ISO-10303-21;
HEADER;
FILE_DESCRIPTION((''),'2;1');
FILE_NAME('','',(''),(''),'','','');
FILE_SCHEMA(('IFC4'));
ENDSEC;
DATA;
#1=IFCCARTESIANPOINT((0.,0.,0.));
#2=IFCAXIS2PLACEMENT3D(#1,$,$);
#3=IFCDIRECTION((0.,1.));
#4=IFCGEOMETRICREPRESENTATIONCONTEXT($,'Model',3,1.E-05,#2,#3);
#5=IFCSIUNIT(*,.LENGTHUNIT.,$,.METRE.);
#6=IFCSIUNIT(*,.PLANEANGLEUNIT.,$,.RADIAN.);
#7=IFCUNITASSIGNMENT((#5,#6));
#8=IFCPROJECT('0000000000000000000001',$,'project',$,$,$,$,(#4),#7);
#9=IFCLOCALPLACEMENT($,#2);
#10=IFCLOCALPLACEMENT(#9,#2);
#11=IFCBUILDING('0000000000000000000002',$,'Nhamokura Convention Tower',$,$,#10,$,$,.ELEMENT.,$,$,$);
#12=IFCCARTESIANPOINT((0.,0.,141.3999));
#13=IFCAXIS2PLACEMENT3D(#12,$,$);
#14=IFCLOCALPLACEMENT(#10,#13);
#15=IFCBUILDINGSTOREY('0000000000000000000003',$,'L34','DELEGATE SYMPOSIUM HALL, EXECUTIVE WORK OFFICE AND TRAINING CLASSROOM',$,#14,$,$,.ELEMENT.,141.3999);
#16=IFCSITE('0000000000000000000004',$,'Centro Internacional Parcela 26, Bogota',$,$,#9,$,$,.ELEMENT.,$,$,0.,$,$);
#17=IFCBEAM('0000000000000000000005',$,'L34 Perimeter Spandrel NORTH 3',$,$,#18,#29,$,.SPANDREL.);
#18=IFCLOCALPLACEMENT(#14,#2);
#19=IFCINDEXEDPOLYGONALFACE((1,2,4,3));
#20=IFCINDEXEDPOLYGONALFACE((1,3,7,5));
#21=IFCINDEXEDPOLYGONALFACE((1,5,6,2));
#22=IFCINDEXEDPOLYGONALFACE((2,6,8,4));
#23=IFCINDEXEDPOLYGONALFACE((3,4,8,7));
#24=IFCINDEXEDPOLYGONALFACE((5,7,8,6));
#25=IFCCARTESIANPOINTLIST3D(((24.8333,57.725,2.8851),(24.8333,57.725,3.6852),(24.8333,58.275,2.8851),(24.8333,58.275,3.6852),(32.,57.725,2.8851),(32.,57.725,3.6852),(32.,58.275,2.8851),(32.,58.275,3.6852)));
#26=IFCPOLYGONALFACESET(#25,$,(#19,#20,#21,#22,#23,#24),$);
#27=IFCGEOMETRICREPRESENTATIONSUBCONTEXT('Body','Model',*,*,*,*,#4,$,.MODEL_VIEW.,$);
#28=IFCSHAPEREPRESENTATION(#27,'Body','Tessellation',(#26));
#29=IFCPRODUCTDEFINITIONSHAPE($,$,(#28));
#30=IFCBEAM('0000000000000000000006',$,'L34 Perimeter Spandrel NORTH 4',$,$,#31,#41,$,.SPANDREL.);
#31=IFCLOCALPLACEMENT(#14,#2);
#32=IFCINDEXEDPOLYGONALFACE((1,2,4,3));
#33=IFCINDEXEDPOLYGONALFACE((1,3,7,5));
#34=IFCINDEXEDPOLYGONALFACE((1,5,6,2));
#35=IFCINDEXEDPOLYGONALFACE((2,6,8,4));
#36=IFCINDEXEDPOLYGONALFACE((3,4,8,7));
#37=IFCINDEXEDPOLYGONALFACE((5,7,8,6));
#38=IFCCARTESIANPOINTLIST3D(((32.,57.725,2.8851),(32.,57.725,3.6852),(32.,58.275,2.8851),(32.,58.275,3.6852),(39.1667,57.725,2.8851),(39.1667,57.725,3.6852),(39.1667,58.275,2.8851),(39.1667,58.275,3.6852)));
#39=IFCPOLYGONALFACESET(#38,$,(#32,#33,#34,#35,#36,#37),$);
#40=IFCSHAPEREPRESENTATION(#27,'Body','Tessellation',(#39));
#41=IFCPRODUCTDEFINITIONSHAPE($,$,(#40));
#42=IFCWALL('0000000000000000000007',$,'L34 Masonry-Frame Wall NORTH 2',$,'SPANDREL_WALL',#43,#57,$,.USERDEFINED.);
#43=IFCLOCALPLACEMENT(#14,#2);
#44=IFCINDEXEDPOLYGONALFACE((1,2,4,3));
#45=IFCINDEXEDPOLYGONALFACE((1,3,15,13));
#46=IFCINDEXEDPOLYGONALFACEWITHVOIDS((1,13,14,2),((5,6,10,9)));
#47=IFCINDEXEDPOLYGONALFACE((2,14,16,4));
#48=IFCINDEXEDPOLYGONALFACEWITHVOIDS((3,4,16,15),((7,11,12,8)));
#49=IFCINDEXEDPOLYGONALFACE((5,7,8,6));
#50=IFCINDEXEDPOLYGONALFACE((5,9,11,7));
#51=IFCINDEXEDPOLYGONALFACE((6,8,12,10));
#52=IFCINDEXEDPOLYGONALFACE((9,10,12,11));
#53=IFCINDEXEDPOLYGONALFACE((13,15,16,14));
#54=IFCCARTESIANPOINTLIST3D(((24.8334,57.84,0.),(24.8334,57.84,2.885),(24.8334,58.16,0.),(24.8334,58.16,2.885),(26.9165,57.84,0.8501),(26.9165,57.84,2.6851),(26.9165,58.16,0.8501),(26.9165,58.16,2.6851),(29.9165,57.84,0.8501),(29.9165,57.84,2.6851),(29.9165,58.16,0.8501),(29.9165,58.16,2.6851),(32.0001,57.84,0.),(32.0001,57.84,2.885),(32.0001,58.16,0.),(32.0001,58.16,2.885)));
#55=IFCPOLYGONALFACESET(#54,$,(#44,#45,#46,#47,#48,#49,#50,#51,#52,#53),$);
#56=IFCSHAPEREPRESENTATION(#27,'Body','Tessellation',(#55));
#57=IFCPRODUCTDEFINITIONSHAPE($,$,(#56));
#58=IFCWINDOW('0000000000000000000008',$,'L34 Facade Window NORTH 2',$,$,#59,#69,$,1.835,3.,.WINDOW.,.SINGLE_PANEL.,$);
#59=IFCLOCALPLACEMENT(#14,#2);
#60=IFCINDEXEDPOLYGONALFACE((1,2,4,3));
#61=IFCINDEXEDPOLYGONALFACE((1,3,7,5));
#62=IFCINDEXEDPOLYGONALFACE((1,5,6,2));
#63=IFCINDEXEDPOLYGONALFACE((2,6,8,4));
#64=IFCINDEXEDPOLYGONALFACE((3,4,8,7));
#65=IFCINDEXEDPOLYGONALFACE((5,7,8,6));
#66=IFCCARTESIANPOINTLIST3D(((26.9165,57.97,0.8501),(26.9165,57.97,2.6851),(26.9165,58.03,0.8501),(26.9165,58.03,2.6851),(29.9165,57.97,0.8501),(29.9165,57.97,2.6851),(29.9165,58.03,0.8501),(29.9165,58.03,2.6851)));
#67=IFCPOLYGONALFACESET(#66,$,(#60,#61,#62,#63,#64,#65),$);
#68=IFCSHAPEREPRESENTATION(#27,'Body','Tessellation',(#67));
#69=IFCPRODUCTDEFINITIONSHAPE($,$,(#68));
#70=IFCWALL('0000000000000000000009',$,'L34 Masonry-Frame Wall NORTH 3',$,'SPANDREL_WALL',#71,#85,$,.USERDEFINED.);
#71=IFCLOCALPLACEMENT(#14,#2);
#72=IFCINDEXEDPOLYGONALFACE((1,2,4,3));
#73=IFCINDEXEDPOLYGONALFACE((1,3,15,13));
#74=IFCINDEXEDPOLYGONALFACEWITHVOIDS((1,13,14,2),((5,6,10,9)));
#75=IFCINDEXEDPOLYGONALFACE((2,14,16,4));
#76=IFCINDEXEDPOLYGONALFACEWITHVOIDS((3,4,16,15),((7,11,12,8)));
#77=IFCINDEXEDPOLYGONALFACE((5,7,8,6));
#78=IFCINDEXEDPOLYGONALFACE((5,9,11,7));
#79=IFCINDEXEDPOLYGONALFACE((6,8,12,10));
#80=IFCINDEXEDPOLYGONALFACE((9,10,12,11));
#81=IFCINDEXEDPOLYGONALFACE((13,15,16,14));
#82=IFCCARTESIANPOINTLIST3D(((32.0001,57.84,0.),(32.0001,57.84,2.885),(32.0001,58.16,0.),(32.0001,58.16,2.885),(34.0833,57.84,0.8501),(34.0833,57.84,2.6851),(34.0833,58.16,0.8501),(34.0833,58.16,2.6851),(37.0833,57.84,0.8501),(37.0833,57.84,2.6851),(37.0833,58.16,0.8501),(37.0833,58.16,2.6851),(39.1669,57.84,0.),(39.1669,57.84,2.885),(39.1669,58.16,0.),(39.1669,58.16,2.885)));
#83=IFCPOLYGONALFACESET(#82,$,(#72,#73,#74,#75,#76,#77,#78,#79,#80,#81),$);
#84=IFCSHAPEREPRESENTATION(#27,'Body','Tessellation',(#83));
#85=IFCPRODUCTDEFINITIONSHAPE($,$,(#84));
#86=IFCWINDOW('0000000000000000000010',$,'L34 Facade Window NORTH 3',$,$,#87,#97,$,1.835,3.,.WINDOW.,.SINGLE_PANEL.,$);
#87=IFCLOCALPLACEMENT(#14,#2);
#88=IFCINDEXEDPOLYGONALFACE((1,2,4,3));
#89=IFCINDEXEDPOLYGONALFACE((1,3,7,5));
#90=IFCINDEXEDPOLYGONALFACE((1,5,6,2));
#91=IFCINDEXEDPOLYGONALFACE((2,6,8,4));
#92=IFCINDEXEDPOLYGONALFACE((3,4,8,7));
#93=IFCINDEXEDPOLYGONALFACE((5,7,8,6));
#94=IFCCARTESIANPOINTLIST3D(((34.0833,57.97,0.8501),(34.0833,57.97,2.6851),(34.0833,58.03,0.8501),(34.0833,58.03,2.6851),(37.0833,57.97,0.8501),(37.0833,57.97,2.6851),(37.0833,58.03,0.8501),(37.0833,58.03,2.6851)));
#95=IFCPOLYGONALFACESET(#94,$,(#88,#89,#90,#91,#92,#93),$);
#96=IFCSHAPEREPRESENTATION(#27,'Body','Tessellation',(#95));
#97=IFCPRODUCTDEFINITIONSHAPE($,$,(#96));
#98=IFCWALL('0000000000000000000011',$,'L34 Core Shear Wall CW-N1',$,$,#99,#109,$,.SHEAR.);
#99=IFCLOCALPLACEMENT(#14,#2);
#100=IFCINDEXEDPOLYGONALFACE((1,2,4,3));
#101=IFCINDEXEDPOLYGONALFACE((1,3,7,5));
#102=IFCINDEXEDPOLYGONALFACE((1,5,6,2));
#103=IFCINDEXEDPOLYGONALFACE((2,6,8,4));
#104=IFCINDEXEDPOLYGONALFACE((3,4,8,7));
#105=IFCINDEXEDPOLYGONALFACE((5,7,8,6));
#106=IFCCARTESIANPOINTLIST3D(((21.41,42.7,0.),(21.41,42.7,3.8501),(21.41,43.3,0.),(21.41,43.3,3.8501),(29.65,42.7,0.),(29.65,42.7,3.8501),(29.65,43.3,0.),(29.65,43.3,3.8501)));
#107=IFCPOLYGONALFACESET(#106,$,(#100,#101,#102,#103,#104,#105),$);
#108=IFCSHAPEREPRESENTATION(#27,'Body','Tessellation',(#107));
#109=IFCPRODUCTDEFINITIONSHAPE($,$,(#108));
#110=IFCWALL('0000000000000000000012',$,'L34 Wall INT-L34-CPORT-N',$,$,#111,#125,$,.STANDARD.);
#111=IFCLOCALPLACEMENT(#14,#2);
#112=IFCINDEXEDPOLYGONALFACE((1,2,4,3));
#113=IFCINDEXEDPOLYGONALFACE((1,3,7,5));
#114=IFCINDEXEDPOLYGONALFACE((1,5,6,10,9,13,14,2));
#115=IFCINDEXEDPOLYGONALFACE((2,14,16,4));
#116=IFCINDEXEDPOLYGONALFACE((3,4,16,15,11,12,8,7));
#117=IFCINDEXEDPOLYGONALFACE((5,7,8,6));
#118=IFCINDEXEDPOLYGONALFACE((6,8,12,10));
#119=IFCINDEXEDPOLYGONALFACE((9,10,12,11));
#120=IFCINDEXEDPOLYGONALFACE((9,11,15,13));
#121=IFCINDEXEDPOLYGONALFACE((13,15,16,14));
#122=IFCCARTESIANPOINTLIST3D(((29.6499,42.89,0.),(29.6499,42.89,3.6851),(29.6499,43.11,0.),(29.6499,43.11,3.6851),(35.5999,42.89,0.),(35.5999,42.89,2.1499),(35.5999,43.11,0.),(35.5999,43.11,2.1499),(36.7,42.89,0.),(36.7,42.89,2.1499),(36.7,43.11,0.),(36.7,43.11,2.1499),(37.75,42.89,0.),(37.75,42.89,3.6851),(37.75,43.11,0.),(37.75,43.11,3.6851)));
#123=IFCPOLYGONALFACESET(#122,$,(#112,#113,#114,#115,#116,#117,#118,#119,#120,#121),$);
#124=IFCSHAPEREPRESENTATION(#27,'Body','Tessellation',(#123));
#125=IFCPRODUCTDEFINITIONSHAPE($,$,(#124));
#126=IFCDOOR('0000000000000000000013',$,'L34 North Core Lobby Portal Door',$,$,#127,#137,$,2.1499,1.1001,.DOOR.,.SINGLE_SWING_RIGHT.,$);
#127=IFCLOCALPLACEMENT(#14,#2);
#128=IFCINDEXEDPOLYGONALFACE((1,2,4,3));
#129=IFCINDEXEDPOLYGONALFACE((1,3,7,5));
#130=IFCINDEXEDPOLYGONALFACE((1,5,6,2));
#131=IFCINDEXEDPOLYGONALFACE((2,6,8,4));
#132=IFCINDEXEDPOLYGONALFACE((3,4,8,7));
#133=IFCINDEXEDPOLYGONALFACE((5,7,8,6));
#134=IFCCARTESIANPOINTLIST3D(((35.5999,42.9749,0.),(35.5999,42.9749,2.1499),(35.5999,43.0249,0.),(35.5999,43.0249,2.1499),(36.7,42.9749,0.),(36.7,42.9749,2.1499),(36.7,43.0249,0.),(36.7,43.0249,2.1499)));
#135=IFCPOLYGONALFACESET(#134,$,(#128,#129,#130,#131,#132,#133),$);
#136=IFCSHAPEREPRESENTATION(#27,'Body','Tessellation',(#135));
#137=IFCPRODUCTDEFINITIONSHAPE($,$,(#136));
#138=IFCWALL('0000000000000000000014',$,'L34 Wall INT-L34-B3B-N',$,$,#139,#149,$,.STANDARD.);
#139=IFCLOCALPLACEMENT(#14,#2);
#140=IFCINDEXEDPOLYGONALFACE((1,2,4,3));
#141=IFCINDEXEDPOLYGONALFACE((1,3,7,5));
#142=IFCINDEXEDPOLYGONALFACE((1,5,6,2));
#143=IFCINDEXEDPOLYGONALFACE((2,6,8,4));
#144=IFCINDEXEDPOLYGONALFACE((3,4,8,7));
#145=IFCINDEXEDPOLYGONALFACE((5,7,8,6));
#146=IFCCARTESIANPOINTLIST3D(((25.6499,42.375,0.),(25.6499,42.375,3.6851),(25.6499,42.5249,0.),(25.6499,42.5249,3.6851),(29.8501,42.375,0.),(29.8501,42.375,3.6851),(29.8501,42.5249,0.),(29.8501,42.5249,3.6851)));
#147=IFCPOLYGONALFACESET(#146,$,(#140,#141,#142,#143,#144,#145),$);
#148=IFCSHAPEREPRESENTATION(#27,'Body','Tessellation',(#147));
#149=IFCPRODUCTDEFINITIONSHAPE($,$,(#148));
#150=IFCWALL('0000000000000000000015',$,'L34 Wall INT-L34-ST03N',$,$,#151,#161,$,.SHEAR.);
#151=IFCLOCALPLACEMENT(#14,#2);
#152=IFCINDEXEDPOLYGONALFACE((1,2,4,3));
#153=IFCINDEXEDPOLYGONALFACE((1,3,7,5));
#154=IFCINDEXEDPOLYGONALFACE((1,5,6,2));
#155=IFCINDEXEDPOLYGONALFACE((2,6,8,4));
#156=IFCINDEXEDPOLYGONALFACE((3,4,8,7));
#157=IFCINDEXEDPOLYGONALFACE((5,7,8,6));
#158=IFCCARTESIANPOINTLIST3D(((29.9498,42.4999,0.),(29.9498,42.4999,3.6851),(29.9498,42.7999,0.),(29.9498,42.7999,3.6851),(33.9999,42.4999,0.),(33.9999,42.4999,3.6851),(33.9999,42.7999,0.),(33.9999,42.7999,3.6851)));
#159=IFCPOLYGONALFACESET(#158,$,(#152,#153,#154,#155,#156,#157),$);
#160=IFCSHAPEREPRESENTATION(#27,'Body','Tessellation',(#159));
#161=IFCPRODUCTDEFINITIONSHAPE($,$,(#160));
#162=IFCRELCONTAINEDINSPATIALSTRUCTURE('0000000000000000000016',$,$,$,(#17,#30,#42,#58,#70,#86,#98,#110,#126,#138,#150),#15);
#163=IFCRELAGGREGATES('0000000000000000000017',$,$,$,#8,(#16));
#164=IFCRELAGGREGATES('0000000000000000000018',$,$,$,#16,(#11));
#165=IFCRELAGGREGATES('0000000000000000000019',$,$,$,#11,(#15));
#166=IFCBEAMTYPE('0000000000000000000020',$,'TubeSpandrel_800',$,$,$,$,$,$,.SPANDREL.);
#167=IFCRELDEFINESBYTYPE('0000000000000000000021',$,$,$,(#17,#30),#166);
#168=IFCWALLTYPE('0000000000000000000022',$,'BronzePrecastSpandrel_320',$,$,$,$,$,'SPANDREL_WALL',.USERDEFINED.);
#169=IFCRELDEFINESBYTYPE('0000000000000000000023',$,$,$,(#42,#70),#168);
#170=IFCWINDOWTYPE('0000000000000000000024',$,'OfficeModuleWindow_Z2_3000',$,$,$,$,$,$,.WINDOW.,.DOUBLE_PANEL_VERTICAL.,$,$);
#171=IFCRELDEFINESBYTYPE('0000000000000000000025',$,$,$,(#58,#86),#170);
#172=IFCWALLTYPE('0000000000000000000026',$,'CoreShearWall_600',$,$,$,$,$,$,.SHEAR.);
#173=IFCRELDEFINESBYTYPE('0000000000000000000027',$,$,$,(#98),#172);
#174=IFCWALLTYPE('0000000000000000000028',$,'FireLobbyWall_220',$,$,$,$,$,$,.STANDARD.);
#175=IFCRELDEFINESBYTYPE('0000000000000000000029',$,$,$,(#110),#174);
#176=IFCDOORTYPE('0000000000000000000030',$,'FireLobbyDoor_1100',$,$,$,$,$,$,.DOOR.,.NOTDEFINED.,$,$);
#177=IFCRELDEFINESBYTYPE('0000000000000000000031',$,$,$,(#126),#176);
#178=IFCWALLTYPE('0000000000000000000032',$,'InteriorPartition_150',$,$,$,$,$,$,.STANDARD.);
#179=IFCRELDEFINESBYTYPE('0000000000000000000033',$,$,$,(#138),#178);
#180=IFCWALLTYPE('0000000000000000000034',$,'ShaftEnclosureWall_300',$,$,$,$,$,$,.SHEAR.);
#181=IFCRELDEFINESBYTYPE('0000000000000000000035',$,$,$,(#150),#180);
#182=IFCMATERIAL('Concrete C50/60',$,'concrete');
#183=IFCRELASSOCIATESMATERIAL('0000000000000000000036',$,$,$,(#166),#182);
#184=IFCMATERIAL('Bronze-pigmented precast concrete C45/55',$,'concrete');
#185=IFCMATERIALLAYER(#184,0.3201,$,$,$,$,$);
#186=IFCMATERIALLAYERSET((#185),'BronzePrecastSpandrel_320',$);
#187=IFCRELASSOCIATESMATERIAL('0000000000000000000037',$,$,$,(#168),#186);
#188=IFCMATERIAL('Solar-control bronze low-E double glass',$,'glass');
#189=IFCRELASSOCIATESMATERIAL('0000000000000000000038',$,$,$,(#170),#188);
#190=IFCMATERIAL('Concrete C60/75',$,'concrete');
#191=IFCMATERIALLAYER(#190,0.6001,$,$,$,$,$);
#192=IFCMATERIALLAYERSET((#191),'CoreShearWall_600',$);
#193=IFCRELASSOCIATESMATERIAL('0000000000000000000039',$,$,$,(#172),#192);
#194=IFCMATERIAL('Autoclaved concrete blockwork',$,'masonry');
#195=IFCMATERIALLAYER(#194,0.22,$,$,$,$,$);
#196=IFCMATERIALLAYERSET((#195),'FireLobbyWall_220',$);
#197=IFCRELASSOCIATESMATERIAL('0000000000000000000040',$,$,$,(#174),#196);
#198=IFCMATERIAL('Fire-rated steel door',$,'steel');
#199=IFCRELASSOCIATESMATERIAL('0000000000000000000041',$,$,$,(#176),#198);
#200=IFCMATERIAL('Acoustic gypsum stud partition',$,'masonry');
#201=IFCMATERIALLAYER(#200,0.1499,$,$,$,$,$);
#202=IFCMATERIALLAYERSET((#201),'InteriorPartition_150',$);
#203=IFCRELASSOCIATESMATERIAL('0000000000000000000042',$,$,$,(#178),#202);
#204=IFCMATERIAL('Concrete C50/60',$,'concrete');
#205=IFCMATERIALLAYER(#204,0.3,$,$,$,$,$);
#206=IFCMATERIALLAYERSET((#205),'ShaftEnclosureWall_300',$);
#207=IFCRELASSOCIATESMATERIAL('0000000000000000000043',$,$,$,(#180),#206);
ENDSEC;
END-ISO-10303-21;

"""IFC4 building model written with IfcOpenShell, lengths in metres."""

from ifc_helpers import new_model, si_unit, direction, frame, frame_2d, origin, origin_2d, place, context, subcontext, project, spatial, rectangle, extrude, material, layer, layer_set, material_profile, profile_set, type_object, element, fill, save


model = new_model("IFC4")

# Units and contexts
model_context = context("Model", 3, precision=1e-05, world=origin(), true_north=direction((0.0, 1.0)))
body_context = subcontext(model_context, "Body", "Model", "MODEL_VIEW")
ifc_project = project(units=[si_unit("LENGTHUNIT", "METRE"), si_unit("PLANEANGLEUNIT", "RADIAN")], contexts=[model_context])

# Site, building, storey
site_placement = place(None, origin())
site = spatial("IfcSite", under=ifc_project, at=site_placement, Name="Centro Internacional Parcela 26, Bogota", CompositionType="ELEMENT", RefElevation=0.0)
building_placement = place(site_placement, origin())
building = spatial("IfcBuilding", under=site, at=building_placement, Name="Nhamokura Convention Tower", CompositionType="ELEMENT")
storey_placement = place(building_placement, frame((0.0, 0.0, 141.3999)))
storey = spatial("IfcBuildingStorey", under=building, at=storey_placement, Name="L34", Description="DELEGATE SYMPOSIUM HALL, EXECUTIVE WORK OFFICE AND TRAINING CLASSROOM", CompositionType="ELEMENT", Elevation=141.3999)

# Beams
ifc_material_1 = material(Name="Concrete C50/60", Category="concrete")
ifc_material_profile_1 = material_profile(ifc_material_1, rectangle(XDim=0.55, YDim=0.8, at=origin_2d()))
ifc_profile_set_1 = profile_set([ifc_material_profile_1], Name="Concrete C50/60")
beam_type_1 = type_object("IfcBeamType", Name="TubeSpandrel_800", PredefinedType="SPANDREL", material=ifc_profile_set_1)
for number, where, z_axis, x_axis, name in (
    (1, (24.8333, 58.0, 3.2852), (1.0, 0.0, 0.0), (0.0, 1.0, 0.0), "L34 Perimeter Spandrel NORTH 3"),
    (2, (32.0, 58.0, 3.2852), (1.0, 0.0, 0.0), (0.0, 1.0, 0.0), "L34 Perimeter Spandrel NORTH 4"),
):
    element("IfcBeam", number, at=place(storey_placement, frame(where, z_axis=z_axis, x_axis=x_axis)), inside=storey, type_object=beam_type_1, Name=name, PredefinedType="SPANDREL", context=body_context, shape_type="SweptSolid", body=[
        extrude(rectangle(XDim=0.55, YDim=0.8, at=origin_2d()), origin(), (0.0, 0.0, 1.0), 7.1667),
    ])

# Walls, openings, windows
ifc_material_2 = material(Name="Bronze-pigmented precast concrete C45/55", Category="concrete")
ifc_layer_1 = layer(ifc_material_2, 0.3201)
ifc_layer_set_1 = layer_set([ifc_layer_1], Name="BronzePrecastSpandrel_320")
wall_type_1 = type_object("IfcWallType", Name="BronzePrecastSpandrel_320", ElementType="SPANDREL_WALL", PredefinedType="USERDEFINED", material=ifc_layer_set_1)
wall_1_placement = place(storey_placement, frame((24.8333, 58.0, 0.0), z_axis=(0.0, 0.0, 1.0), x_axis=(1.0, 0.0, 0.0)))
wall_1 = element("IfcWall", 3, at=wall_1_placement, inside=storey, type_object=wall_type_1, Name="L34 Masonry-Frame Wall NORTH 2", ObjectType="SPANDREL_WALL", PredefinedType="USERDEFINED", context=body_context, shape_type="SweptSolid", body=[
    extrude(rectangle(XDim=7.1667, YDim=0.3201, at=frame_2d((3.5835, 0.0))), origin(), (0.0, 0.0, 1.0), 2.885),
])
opening_1_placement = place(wall_1_placement, frame((2.0833, 0.0, 0.8501)))
opening_1 = element("IfcOpeningElement", 4, at=opening_1_placement, cuts=wall_1, PredefinedType="OPENING", context=body_context, shape_type="SweptSolid", body=[
    extrude(rectangle(XDim=3.0, YDim=1.835, at=frame_2d((1.5, 0.9175))), frame((0.0, 0.1699, 0.0), z_axis=(0.0, -1.0, 0.0), x_axis=(1.0, 0.0, 0.0)), (0.0, 0.0, 1.0), 0.3401),
])
ifc_material_3 = material(Name="Solar-control bronze low-E double glass", Category="glass")
window_type = type_object("IfcWindowType", Name="OfficeModuleWindow_Z2_3000", PartitioningType="DOUBLE_PANEL_VERTICAL", PredefinedType="WINDOW", material=ifc_material_3)
window_1_placement = place(opening_1_placement, origin())
window_1 = element("IfcWindow", 5, at=window_1_placement, inside=storey, type_object=window_type, Name="L34 Facade Window NORTH 2", OverallHeight=1.835, OverallWidth=3.0, PartitioningType="SINGLE_PANEL", PredefinedType="WINDOW", context=body_context, shape_type="SweptSolid", body=[
    extrude(rectangle(XDim=3.0, YDim=1.835, at=frame_2d((1.5, 0.9175))), frame((0.0, 0.03, 0.0), z_axis=(0.0, -1.0, 0.0), x_axis=(1.0, 0.0, 0.0)), (0.0, 0.0, 1.0), 0.0601),
])
fill(opening_1, window_1)
wall_2_placement = place(storey_placement, frame((32.0, 58.0, 0.0), z_axis=(0.0, 0.0, 1.0), x_axis=(1.0, 0.0, 0.0)))
wall_2 = element("IfcWall", 6, at=wall_2_placement, inside=storey, type_object=wall_type_1, Name="L34 Masonry-Frame Wall NORTH 3", ObjectType="SPANDREL_WALL", PredefinedType="USERDEFINED", context=body_context, shape_type="SweptSolid", body=[
    extrude(rectangle(XDim=7.1667, YDim=0.3201, at=frame_2d((3.5835, 0.0))), origin(), (0.0, 0.0, 1.0), 2.885),
])
opening_2_placement = place(wall_2_placement, frame((2.0833, 0.0, 0.8501)))
opening_2 = element("IfcOpeningElement", 7, at=opening_2_placement, cuts=wall_2, PredefinedType="OPENING", context=body_context, shape_type="SweptSolid", body=[
    extrude(rectangle(XDim=3.0, YDim=1.835, at=frame_2d((1.5, 0.9175))), frame((0.0, 0.1699, 0.0), z_axis=(0.0, -1.0, 0.0), x_axis=(1.0, 0.0, 0.0)), (0.0, 0.0, 1.0), 0.3401),
])
window_2_placement = place(opening_2_placement, origin())
window_2 = element("IfcWindow", 8, at=window_2_placement, inside=storey, type_object=window_type, Name="L34 Facade Window NORTH 3", OverallHeight=1.835, OverallWidth=3.0, PartitioningType="SINGLE_PANEL", PredefinedType="WINDOW", context=body_context, shape_type="SweptSolid", body=[
    extrude(rectangle(XDim=3.0, YDim=1.835, at=frame_2d((1.5, 0.9175))), frame((0.0, 0.03, 0.0), z_axis=(0.0, -1.0, 0.0), x_axis=(1.0, 0.0, 0.0)), (0.0, 0.0, 1.0), 0.0601),
])
fill(opening_2, window_2)

# Wall
ifc_material_4 = material(Name="Concrete C60/75", Category="concrete")
ifc_layer_2 = layer(ifc_material_4, 0.6001)
ifc_layer_set_2 = layer_set([ifc_layer_2], Name="CoreShearWall_600")
wall_type_2 = type_object("IfcWallType", Name="CoreShearWall_600", PredefinedType="SHEAR", material=ifc_layer_set_2)
wall_3_placement = place(storey_placement, frame((21.4099, 43.0, 0.0), z_axis=(0.0, 0.0, 1.0), x_axis=(1.0, 0.0, 0.0)))
element("IfcWall", 9, at=wall_3_placement, inside=storey, type_object=wall_type_2, Name="L34 Core Shear Wall CW-N1", PredefinedType="SHEAR", context=body_context, shape_type="SweptSolid", body=[
    extrude(rectangle(XDim=8.24, YDim=0.6001, at=frame_2d((4.1201, 0.0))), origin(), (0.0, 0.0, 1.0), 3.8501),
])

# Wall, opening, door
ifc_material_5 = material(Name="Autoclaved concrete blockwork", Category="masonry")
ifc_layer_3 = layer(ifc_material_5, 0.22)
ifc_layer_set_3 = layer_set([ifc_layer_3], Name="FireLobbyWall_220")
wall_type_3 = type_object("IfcWallType", Name="FireLobbyWall_220", PredefinedType="STANDARD", material=ifc_layer_set_3)
wall_4_placement = place(storey_placement, frame((29.6499, 43.0, 0.0), z_axis=(0.0, 0.0, 1.0), x_axis=(1.0, 0.0, 0.0)))
wall_4 = element("IfcWall", 10, at=wall_4_placement, inside=storey, type_object=wall_type_3, Name="L34 Wall INT-L34-CPORT-N", PredefinedType="STANDARD", context=body_context, shape_type="SweptSolid", body=[
    extrude(rectangle(XDim=8.1001, YDim=0.22, at=frame_2d((4.05, 0.0))), origin(), (0.0, 0.0, 1.0), 3.6851),
])
opening_3_placement = place(wall_4_placement, frame((5.95, 0.0, 0.0)))
opening_3 = element("IfcOpeningElement", 11, at=opening_3_placement, cuts=wall_4, PredefinedType="OPENING", context=body_context, shape_type="SweptSolid", body=[
    extrude(rectangle(XDim=1.1001, YDim=2.1499, at=frame_2d((0.55, 1.075))), frame((0.0, 0.1199, 0.0), z_axis=(0.0, -1.0, 0.0), x_axis=(1.0, 0.0, 0.0)), (0.0, 0.0, 1.0), 0.24),
])
ifc_material_6 = material(Name="Fire-rated steel door", Category="steel")
door_type = type_object("IfcDoorType", Name="FireLobbyDoor_1100", OperationType="NOTDEFINED", PredefinedType="DOOR", material=ifc_material_6)
door_placement = place(opening_3_placement, origin())
door = element("IfcDoor", 12, at=door_placement, inside=storey, type_object=door_type, Name="L34 North Core Lobby Portal Door", OperationType="SINGLE_SWING_RIGHT", OverallHeight=2.1499, OverallWidth=1.1001, PredefinedType="DOOR", context=body_context, shape_type="SweptSolid", body=[
    extrude(rectangle(XDim=1.1001, YDim=2.1499, at=frame_2d((0.55, 1.075))), frame((0.0, 0.0249, 0.0), z_axis=(0.0, -1.0, 0.0), x_axis=(1.0, 0.0, 0.0)), (0.0, 0.0, 1.0), 0.05),
])
fill(opening_3, door)

# Walls
ifc_material_7 = material(Name="Acoustic gypsum stud partition", Category="masonry")
ifc_layer_4 = layer(ifc_material_7, 0.1499)
ifc_layer_set_4 = layer_set([ifc_layer_4], Name="InteriorPartition_150")
wall_type_4 = type_object("IfcWallType", Name="InteriorPartition_150", PredefinedType="STANDARD", material=ifc_layer_set_4)
wall_5_placement = place(storey_placement, frame((25.6499, 42.45, 0.0), z_axis=(0.0, 0.0, 1.0), x_axis=(1.0, 0.0, 0.0)))
element("IfcWall", 13, at=wall_5_placement, inside=storey, type_object=wall_type_4, Name="L34 Wall INT-L34-B3B-N", PredefinedType="STANDARD", context=body_context, shape_type="SweptSolid", body=[
    extrude(rectangle(XDim=4.2002, YDim=0.1499, at=frame_2d((2.1001, 0.0))), origin(), (0.0, 0.0, 1.0), 3.6851),
])
ifc_material_8 = material(Name="Concrete C50/60", Category="concrete")
ifc_layer_5 = layer(ifc_material_8, 0.3)
ifc_layer_set_5 = layer_set([ifc_layer_5], Name="ShaftEnclosureWall_300")
wall_type_5 = type_object("IfcWallType", Name="ShaftEnclosureWall_300", PredefinedType="SHEAR", material=ifc_layer_set_5)
wall_6_placement = place(storey_placement, frame((29.95, 42.6499, 0.0), z_axis=(0.0, 0.0, 1.0), x_axis=(1.0, 0.0, 0.0)))
element("IfcWall", 14, at=wall_6_placement, inside=storey, type_object=wall_type_5, Name="L34 Wall INT-L34-ST03N", PredefinedType="SHEAR", context=body_context, shape_type="SweptSolid", body=[
    extrude(rectangle(XDim=4.05, YDim=0.3, at=frame_2d((2.0249, 0.0))), origin(), (0.0, 0.0, 1.0), 3.6851),
])

save(model, "model.ifc")
